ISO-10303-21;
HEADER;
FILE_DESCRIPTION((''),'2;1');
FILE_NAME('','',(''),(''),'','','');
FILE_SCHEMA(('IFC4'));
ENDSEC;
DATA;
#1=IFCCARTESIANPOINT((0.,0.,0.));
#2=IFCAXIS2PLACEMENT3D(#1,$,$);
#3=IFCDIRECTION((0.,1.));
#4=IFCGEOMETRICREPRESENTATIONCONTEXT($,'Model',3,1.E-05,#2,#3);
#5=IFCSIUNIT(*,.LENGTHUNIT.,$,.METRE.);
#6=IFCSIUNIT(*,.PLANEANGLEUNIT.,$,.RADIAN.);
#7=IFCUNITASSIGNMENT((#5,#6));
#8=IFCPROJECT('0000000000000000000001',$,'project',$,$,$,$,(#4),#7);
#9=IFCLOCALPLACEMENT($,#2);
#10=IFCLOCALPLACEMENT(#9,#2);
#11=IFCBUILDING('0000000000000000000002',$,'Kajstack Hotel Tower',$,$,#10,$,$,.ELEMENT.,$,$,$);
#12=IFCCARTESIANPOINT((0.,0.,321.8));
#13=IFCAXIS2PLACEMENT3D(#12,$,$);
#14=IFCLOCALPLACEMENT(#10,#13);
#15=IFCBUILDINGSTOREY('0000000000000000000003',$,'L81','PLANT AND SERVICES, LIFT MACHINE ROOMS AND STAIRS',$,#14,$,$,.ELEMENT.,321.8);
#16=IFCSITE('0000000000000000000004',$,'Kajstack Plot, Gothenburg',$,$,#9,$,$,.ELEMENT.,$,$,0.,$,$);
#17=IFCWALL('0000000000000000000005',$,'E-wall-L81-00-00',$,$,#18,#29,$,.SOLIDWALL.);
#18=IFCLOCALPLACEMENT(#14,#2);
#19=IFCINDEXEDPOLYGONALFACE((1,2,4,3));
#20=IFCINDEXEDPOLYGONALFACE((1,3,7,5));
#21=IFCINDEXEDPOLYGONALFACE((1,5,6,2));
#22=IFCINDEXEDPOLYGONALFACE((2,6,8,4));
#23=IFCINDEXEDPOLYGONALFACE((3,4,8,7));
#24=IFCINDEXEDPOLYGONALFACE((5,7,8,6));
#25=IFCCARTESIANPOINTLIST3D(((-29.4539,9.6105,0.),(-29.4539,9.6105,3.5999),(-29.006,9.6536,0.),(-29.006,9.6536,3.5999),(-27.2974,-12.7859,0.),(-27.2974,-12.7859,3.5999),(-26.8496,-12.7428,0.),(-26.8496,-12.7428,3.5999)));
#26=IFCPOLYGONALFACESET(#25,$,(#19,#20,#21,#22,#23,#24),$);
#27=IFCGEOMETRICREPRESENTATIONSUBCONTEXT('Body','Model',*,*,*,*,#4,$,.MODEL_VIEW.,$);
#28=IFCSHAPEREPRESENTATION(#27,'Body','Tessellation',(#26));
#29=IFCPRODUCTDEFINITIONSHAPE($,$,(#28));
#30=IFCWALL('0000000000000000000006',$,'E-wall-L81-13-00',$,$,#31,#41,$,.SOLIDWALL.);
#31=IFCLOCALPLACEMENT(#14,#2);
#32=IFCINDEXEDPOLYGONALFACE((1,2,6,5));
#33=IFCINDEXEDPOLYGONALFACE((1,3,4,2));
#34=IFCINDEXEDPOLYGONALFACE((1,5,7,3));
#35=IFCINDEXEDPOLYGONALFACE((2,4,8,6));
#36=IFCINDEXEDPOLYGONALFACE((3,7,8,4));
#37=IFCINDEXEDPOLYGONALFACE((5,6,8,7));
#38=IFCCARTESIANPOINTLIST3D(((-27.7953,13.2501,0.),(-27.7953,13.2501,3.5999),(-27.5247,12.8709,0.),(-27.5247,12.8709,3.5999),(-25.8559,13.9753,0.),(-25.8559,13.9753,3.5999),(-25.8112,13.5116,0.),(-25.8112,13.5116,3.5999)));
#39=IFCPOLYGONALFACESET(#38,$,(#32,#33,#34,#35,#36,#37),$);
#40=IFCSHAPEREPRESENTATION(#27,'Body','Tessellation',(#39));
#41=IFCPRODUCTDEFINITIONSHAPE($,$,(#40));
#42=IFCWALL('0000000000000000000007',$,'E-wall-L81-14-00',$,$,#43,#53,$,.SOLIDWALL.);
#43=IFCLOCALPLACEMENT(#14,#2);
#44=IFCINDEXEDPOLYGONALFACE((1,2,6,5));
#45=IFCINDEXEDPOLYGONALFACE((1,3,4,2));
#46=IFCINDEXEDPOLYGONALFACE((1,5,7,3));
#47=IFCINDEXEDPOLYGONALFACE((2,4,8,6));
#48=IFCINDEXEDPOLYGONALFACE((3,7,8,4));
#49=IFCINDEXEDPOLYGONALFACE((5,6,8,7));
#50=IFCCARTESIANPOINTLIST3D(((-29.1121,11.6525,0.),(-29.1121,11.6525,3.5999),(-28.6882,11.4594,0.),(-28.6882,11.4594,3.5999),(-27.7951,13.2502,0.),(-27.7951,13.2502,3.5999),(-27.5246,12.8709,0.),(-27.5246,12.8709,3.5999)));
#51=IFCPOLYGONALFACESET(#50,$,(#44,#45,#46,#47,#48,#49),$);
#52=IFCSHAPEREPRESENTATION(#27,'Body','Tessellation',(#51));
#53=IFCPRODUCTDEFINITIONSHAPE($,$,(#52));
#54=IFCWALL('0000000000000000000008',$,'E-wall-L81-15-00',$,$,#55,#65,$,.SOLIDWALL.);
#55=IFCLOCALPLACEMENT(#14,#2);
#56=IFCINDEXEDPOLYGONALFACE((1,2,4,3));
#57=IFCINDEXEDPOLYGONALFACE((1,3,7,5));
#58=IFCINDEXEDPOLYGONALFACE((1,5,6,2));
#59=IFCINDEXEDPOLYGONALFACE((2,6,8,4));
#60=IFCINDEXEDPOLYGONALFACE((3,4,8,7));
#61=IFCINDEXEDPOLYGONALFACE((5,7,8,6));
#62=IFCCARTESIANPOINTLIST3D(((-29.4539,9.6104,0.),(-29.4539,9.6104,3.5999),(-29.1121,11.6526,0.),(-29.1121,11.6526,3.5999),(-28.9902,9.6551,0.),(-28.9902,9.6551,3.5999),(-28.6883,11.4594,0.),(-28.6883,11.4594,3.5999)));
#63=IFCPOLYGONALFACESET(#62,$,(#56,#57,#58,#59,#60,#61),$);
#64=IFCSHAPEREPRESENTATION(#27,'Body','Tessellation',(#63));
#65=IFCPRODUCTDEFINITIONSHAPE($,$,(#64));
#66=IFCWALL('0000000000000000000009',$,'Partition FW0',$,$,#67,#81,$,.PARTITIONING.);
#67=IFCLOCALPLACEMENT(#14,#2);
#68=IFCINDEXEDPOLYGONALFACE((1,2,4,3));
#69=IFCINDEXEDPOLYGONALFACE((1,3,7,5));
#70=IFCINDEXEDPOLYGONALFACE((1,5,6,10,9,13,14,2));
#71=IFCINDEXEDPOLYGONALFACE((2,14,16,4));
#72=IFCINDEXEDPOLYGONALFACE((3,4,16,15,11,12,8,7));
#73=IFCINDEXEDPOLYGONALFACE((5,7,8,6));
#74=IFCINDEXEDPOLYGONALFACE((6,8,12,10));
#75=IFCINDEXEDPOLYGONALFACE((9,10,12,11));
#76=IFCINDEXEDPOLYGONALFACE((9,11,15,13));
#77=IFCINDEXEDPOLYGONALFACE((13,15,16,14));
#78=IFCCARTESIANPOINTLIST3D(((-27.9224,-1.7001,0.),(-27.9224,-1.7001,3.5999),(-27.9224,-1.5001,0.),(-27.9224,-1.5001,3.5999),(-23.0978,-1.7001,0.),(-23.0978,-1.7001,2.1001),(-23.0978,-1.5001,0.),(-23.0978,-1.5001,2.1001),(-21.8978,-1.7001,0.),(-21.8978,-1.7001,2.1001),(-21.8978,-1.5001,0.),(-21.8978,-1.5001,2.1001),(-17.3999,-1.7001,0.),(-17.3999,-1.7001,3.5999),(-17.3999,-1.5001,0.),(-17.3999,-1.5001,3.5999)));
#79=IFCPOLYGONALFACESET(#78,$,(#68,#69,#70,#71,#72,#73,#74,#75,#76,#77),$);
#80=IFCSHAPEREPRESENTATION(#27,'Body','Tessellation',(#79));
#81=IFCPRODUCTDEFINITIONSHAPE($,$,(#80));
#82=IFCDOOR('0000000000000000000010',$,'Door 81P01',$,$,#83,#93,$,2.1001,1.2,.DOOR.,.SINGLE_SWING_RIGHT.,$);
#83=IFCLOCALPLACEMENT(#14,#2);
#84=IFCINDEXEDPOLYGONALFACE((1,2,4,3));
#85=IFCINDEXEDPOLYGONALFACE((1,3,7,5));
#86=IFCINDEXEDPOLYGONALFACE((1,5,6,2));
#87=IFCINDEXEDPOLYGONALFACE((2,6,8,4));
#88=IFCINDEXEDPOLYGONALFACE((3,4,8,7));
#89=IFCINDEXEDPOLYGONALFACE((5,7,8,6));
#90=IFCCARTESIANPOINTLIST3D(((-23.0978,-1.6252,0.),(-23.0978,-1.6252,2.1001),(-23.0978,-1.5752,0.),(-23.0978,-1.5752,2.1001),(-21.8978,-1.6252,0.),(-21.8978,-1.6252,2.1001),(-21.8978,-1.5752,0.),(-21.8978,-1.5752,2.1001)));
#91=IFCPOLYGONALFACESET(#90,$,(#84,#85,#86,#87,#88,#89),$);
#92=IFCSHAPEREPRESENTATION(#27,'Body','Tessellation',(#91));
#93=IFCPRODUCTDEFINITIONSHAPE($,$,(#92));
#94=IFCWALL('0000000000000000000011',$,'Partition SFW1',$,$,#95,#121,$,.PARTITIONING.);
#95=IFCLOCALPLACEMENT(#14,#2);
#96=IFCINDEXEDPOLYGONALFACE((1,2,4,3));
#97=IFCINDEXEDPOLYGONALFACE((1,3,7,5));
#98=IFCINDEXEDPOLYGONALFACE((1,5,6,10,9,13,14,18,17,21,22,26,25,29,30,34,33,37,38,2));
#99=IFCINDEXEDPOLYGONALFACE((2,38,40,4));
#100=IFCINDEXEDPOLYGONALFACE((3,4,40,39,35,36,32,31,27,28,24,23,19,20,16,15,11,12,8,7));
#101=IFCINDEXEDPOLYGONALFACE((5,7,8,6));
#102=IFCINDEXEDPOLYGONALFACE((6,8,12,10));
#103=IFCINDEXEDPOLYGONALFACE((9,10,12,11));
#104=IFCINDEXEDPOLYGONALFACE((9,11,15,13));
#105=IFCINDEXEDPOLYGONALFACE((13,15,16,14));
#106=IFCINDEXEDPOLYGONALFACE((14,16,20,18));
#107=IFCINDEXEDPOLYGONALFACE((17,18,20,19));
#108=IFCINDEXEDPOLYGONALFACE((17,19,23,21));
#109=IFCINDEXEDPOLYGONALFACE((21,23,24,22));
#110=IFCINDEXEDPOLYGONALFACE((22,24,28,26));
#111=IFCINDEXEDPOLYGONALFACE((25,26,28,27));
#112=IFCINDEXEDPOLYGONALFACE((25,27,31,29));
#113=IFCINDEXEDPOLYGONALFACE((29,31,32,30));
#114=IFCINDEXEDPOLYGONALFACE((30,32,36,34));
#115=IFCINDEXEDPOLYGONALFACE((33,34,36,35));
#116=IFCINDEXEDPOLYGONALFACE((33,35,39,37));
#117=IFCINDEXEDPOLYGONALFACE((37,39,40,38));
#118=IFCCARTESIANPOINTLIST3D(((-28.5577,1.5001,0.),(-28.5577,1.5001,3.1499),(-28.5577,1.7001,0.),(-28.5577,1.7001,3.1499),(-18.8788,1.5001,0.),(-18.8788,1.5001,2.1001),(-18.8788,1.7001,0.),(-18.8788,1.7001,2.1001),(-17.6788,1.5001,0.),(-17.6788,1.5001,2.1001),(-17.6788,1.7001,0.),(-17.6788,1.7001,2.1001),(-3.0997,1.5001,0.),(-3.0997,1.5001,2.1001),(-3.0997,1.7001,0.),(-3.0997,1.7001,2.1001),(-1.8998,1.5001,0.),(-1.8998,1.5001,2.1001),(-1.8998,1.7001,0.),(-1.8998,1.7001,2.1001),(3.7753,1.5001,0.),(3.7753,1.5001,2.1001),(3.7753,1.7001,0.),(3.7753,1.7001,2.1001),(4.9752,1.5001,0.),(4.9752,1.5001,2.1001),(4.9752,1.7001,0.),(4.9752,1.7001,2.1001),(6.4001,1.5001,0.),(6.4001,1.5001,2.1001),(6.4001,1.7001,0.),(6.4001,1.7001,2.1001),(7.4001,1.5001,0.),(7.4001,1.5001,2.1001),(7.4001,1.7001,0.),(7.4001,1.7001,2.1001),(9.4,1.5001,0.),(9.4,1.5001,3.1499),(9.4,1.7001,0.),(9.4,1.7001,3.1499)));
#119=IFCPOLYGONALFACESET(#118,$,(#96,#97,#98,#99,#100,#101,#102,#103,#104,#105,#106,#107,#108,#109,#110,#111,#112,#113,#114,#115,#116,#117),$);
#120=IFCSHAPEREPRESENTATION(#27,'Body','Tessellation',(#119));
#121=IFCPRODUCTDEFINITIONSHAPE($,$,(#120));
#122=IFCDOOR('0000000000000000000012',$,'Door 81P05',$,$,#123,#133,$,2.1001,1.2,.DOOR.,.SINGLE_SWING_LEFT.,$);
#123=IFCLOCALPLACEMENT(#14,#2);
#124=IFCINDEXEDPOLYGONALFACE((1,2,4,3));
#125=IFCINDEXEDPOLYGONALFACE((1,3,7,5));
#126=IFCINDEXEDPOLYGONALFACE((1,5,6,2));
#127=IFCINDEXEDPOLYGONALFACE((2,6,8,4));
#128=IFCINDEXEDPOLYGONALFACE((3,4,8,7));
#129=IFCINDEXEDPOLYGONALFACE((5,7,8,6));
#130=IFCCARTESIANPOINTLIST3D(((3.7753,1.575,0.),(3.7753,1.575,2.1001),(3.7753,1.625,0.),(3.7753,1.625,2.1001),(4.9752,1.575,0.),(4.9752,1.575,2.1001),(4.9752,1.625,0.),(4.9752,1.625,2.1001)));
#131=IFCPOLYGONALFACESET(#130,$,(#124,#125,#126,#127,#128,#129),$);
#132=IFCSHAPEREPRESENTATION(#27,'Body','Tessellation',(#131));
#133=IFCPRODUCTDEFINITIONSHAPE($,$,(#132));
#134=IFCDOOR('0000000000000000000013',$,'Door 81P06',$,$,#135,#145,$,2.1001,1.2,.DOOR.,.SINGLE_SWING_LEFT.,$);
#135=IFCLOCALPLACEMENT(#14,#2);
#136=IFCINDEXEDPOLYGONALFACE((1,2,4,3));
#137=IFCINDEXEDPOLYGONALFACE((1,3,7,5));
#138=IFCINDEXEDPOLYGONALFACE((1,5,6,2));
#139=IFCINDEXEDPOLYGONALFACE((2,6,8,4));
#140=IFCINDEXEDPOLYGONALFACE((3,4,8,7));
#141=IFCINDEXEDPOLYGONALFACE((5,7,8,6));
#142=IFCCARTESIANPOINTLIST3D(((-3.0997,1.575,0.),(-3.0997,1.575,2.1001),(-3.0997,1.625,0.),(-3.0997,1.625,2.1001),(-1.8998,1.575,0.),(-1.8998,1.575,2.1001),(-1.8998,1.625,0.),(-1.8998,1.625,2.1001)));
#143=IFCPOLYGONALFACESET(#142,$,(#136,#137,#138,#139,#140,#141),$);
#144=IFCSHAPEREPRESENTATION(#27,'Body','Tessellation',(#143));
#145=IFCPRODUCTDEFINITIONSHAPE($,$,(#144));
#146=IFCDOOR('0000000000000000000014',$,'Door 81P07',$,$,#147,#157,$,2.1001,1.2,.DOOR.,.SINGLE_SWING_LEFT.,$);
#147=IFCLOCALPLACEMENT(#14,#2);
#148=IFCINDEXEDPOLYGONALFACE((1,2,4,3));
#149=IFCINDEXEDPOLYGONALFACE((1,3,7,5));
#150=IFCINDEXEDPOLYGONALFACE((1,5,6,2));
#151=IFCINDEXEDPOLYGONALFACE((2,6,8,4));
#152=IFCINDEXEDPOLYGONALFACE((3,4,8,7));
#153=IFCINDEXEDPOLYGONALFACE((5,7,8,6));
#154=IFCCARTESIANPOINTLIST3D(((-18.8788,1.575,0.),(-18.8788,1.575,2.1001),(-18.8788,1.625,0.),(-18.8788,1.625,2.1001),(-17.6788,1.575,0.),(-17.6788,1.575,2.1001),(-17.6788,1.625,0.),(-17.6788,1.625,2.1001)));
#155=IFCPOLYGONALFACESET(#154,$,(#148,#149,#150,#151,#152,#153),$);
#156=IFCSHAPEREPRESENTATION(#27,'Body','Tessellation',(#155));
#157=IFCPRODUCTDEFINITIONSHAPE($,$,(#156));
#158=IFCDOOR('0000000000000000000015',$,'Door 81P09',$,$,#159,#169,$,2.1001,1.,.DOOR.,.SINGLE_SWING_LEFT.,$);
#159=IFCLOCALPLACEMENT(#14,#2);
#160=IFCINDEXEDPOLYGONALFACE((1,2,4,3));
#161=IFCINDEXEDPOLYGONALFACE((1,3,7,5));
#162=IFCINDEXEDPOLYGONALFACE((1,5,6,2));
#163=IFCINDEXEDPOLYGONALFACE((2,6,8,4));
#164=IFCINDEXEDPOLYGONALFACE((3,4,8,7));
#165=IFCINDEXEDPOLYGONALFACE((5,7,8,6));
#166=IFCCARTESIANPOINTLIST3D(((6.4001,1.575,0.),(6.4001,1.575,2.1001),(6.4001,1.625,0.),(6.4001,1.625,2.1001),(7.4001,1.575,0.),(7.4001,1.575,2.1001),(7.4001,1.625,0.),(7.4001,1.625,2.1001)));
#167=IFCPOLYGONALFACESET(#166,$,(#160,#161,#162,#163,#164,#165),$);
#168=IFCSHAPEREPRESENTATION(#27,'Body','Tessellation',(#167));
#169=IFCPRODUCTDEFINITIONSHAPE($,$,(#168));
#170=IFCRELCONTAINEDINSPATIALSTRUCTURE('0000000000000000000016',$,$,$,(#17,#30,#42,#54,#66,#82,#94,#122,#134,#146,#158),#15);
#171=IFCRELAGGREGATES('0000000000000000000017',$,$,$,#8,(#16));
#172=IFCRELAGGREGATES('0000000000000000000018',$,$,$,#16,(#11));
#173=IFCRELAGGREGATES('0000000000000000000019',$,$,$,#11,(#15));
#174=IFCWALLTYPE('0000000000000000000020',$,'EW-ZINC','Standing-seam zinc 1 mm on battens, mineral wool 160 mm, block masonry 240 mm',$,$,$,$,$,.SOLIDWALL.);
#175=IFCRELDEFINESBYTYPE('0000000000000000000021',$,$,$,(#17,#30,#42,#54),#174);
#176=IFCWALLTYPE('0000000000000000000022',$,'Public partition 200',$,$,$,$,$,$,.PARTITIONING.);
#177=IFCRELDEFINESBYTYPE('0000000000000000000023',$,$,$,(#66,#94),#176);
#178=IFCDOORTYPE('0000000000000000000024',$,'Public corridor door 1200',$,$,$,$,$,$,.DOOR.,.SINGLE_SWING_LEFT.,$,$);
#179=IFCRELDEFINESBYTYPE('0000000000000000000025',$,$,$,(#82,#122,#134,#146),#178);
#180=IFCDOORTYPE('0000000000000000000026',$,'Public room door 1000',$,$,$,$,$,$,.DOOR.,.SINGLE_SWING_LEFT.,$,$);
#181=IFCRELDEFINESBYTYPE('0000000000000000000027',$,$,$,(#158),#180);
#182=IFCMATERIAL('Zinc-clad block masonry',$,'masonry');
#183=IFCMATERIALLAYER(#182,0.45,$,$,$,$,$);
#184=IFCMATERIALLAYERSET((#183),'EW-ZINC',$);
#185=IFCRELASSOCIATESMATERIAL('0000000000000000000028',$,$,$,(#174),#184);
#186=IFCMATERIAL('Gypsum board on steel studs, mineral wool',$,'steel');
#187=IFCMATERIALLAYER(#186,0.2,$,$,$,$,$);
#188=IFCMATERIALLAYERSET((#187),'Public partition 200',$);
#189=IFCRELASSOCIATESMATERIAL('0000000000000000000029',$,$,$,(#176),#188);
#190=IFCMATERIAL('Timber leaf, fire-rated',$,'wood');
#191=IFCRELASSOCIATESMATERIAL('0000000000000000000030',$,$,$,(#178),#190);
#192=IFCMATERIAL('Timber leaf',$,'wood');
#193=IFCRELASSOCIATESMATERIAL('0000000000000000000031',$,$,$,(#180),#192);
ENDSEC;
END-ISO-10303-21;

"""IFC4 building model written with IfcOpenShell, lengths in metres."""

from ifc_helpers import new_model, si_unit, direction, frame, frame_2d, origin, place, context, subcontext, project, spatial, polyline, rectangle, outline, extrude, material, layer, layer_set, type_object, element, fill, save


model = new_model("IFC4")

# Units and contexts
model_context = context("Model", 3, precision=1e-05, world=origin(), true_north=direction((0.0, 1.0)))
body_context = subcontext(model_context, "Body", "Model", "MODEL_VIEW")
ifc_project = project(units=[si_unit("LENGTHUNIT", "METRE"), si_unit("PLANEANGLEUNIT", "RADIAN")], contexts=[model_context])

# Site, building, storey
site_placement = place(None, origin())
site = spatial("IfcSite", under=ifc_project, at=site_placement, Name="Kajstack Plot, Gothenburg", CompositionType="ELEMENT", RefElevation=0.0)
building_placement = place(site_placement, origin())
building = spatial("IfcBuilding", under=site, at=building_placement, Name="Kajstack Hotel Tower", CompositionType="ELEMENT")
storey_placement = place(building_placement, frame((0.0, 0.0, 321.8)))
storey = spatial("IfcBuildingStorey", under=building, at=storey_placement, Name="L81", Description="PLANT AND SERVICES, LIFT MACHINE ROOMS AND STAIRS", CompositionType="ELEMENT", Elevation=321.8)

# Walls
ifc_material_1 = material(Name="Zinc-clad block masonry", Category="masonry")
ifc_layer_1 = layer(ifc_material_1, 0.45)
ifc_layer_set_1 = layer_set([ifc_layer_1], Name="EW-ZINC")
wall_type_1 = type_object("IfcWallType", Name="EW-ZINC", Description="Standing-seam zinc 1 mm on battens, mineral wool 160 mm, block masonry 240 mm", PredefinedType="SOLIDWALL", material=ifc_layer_set_1)
wall_1_placement = place(storey_placement, frame((-29.23, 9.6321, 0.0), z_axis=(0.0, 0.0, 1.0), x_axis=(0.095844, -0.995396, 0.0)))
element("IfcWall", 1, at=wall_1_placement, inside=storey, type_object=wall_type_1, Name="E-wall-L81-00-00", PredefinedType="SOLIDWALL", context=body_context, shape_type="SweptSolid", body=[
    extrude(rectangle(XDim=22.5, YDim=0.45, at=frame_2d((11.25, 0.0))), origin(), (0.0, 0.0, 1.0), 3.5999),
])
wall_2_placement = place(storey_placement, frame((-25.7771, 13.7646, 0.0), z_axis=(0.0, 0.0, 1.0), x_axis=(-0.936663, -0.350232, 0.0)))
element("IfcWall", 2, at=wall_2_placement, inside=storey, type_object=wall_type_1, Name="E-wall-L81-13-00", PredefinedType="SOLIDWALL", context=body_context, shape_type="SweptSolid", body=[
    extrude(outline(polyline([(0.0, -0.2249), (2.0706, -0.2249), (1.95, 0.2251), (0.1206, 0.2251), (0.0, -0.2249)])), origin(), (0.0, 0.0, 1.0), 3.5999),
])
wall_3_placement = place(storey_placement, frame((-27.6216, 13.1072, 0.0), z_axis=(0.0, 0.0, 1.0), x_axis=(-0.635988, -0.771699, 0.0)))
element("IfcWall", 3, at=wall_3_placement, inside=storey, type_object=wall_type_1, Name="E-wall-L81-14-00", PredefinedType="SOLIDWALL", context=body_context, shape_type="SweptSolid", body=[
    extrude(outline(polyline([(0.0, -0.2249), (2.0706, -0.2251), (1.95, 0.2249), (0.1206, 0.2251), (0.0, -0.2249)])), origin(), (0.0, 0.0, 1.0), 3.5999),
])
wall_4_placement = place(storey_placement, frame((-28.8904, 11.6155, 0.0), z_axis=(0.0, 0.0, 1.0), x_axis=(-0.165068, -0.986282, 0.0)))
element("IfcWall", 4, at=wall_4_placement, inside=storey, type_object=wall_type_1, Name="E-wall-L81-15-00", PredefinedType="SOLIDWALL", context=body_context, shape_type="SweptSolid", body=[
    extrude(outline(polyline([(0.0, -0.2249), (2.0706, -0.2249), (1.95, 0.2251), (0.1206, 0.2251), (0.0, -0.2249)])), origin(), (0.0, 0.0, 1.0), 3.5999),
])

# Wall, opening, door
ifc_material_2 = material(Name="Gypsum board on steel studs, mineral wool", Category="steel")
ifc_layer_2 = layer(ifc_material_2, 0.2)
ifc_layer_set_2 = layer_set([ifc_layer_2], Name="Public partition 200")
wall_type_2 = type_object("IfcWallType", Name="Public partition 200", PredefinedType="PARTITIONING", material=ifc_layer_set_2)
wall_5_placement = place(storey_placement, frame((-27.9224, -1.6001, 0.0), z_axis=(0.0, 0.0, 1.0), x_axis=(1.0, 0.0, 0.0)))
wall_5 = element("IfcWall", 5, at=wall_5_placement, inside=storey, type_object=wall_type_2, Name="Partition FW0", PredefinedType="PARTITIONING", context=body_context, shape_type="SweptSolid", body=[
    extrude(rectangle(XDim=10.5225, YDim=0.2, at=frame_2d((5.2612, 0.0))), origin(), (0.0, 0.0, 1.0), 3.5999),
])
opening_1_placement = place(wall_5_placement, frame((4.8245, 0.0, 0.0)))
opening_1 = element("IfcOpeningElement", 6, at=opening_1_placement, cuts=wall_5, PredefinedType="OPENING", context=body_context, shape_type="SweptSolid", body=[
    extrude(rectangle(XDim=1.2, YDim=2.1001, at=frame_2d((0.6001, 1.05))), frame((0.0, 0.1099, 0.0), z_axis=(0.0, -1.0, 0.0), x_axis=(1.0, 0.0, 0.0)), (0.0, 0.0, 1.0), 0.22),
])
ifc_material_3 = material(Name="Timber leaf, fire-rated", Category="wood")
door_type_1 = type_object("IfcDoorType", Name="Public corridor door 1200", OperationType="SINGLE_SWING_LEFT", PredefinedType="DOOR", material=ifc_material_3)
door_1_placement = place(opening_1_placement, origin())
door_1 = element("IfcDoor", 7, at=door_1_placement, inside=storey, type_object=door_type_1, Name="Door 81P01", OperationType="SINGLE_SWING_RIGHT", OverallHeight=2.1001, OverallWidth=1.2, PredefinedType="DOOR", context=body_context, shape_type="SweptSolid", body=[
    extrude(rectangle(XDim=1.2, YDim=2.1001, at=frame_2d((0.6001, 1.05))), frame((0.0, 0.0249, 0.0), z_axis=(0.0, -1.0, 0.0), x_axis=(1.0, 0.0, 0.0)), (0.0, 0.0, 1.0), 0.05),
])
fill(opening_1, door_1)

# Wall, openings, doors
wall_6_placement = place(storey_placement, frame((-28.5579, 1.6001, 0.0), z_axis=(0.0, 0.0, 1.0), x_axis=(1.0, 0.0, 0.0)))
wall_6 = element("IfcWall", 8, at=wall_6_placement, inside=storey, type_object=wall_type_2, Name="Partition SFW1", PredefinedType="PARTITIONING", context=body_context, shape_type="SweptSolid", body=[
    extrude(rectangle(XDim=37.9578, YDim=0.2, at=frame_2d((18.979, 0.0))), origin(), (0.0, 0.0, 1.0), 3.1499),
])
opening_2_placement = place(wall_6_placement, frame((32.333, 0.0, 0.0)))
opening_2 = element("IfcOpeningElement", 9, at=opening_2_placement, cuts=wall_6, PredefinedType="OPENING", context=body_context, shape_type="SweptSolid", body=[
    extrude(rectangle(XDim=1.2, YDim=2.1001, at=frame_2d((0.6001, 1.05))), frame((0.0, 0.1099, 0.0), z_axis=(0.0, -1.0, 0.0), x_axis=(1.0, 0.0, 0.0)), (0.0, 0.0, 1.0), 0.22),
])
opening_3_placement = place(wall_6_placement, frame((25.458, 0.0, 0.0)))
opening_3 = element("IfcOpeningElement", 10, at=opening_3_placement, cuts=wall_6, PredefinedType="OPENING", context=body_context, shape_type="SweptSolid", body=[
    extrude(rectangle(XDim=1.2, YDim=2.1001, at=frame_2d((0.6001, 1.05))), frame((0.0, 0.1099, 0.0), z_axis=(0.0, -1.0, 0.0), x_axis=(1.0, 0.0, 0.0)), (0.0, 0.0, 1.0), 0.22),
])
opening_4_placement = place(wall_6_placement, frame((9.679, 0.0, 0.0)))
opening_4 = element("IfcOpeningElement", 11, at=opening_4_placement, cuts=wall_6, PredefinedType="OPENING", context=body_context, shape_type="SweptSolid", body=[
    extrude(rectangle(XDim=1.2, YDim=2.1001, at=frame_2d((0.6001, 1.05))), frame((0.0, 0.1099, 0.0), z_axis=(0.0, -1.0, 0.0), x_axis=(1.0, 0.0, 0.0)), (0.0, 0.0, 1.0), 0.22),
])
opening_5_placement = place(wall_6_placement, frame((34.958, 0.0, 0.0)))
opening_5 = element("IfcOpeningElement", 12, at=opening_5_placement, cuts=wall_6, PredefinedType="OPENING", context=body_context, shape_type="SweptSolid", body=[
    extrude(rectangle(XDim=1.0, YDim=2.1001, at=frame_2d((0.5, 1.05))), frame((0.0, 0.1099, 0.0), z_axis=(0.0, -1.0, 0.0), x_axis=(1.0, 0.0, 0.0)), (0.0, 0.0, 1.0), 0.22),
])
door_2_placement = place(opening_2_placement, origin())
door_2 = element("IfcDoor", 13, at=door_2_placement, inside=storey, type_object=door_type_1, Name="Door 81P05", OperationType="SINGLE_SWING_LEFT", OverallHeight=2.1001, OverallWidth=1.2, PredefinedType="DOOR", context=body_context, shape_type="SweptSolid", body=[
    extrude(rectangle(XDim=1.2, YDim=2.1001, at=frame_2d((0.6001, 1.05))), frame((0.0, 0.0249, 0.0), z_axis=(0.0, -1.0, 0.0), x_axis=(1.0, 0.0, 0.0)), (0.0, 0.0, 1.0), 0.05),
])
fill(opening_2, door_2)
door_3_placement = place(opening_3_placement, origin())
door_3 = element("IfcDoor", 14, at=door_3_placement, inside=storey, type_object=door_type_1, Name="Door 81P06", OperationType="SINGLE_SWING_LEFT", OverallHeight=2.1001, OverallWidth=1.2, PredefinedType="DOOR", context=body_context, shape_type="SweptSolid", body=[
    extrude(rectangle(XDim=1.2, YDim=2.1001, at=frame_2d((0.6001, 1.05))), frame((0.0, 0.0249, 0.0), z_axis=(0.0, -1.0, 0.0), x_axis=(1.0, 0.0, 0.0)), (0.0, 0.0, 1.0), 0.05),
])
fill(opening_3, door_3)
door_4_placement = place(opening_4_placement, origin())
door_4 = element("IfcDoor", 15, at=door_4_placement, inside=storey, type_object=door_type_1, Name="Door 81P07", OperationType="SINGLE_SWING_LEFT", OverallHeight=2.1001, OverallWidth=1.2, PredefinedType="DOOR", context=body_context, shape_type="SweptSolid", body=[
    extrude(rectangle(XDim=1.2, YDim=2.1001, at=frame_2d((0.6001, 1.05))), frame((0.0, 0.0249, 0.0), z_axis=(0.0, -1.0, 0.0), x_axis=(1.0, 0.0, 0.0)), (0.0, 0.0, 1.0), 0.05),
])
fill(opening_4, door_4)
ifc_material_4 = material(Name="Timber leaf", Category="wood")
door_type_2 = type_object("IfcDoorType", Name="Public room door 1000", OperationType="SINGLE_SWING_LEFT", PredefinedType="DOOR", material=ifc_material_4)
door_5_placement = place(opening_5_placement, origin())
door_5 = element("IfcDoor", 16, at=door_5_placement, inside=storey, type_object=door_type_2, Name="Door 81P09", OperationType="SINGLE_SWING_LEFT", OverallHeight=2.1001, OverallWidth=1.0, PredefinedType="DOOR", context=body_context, shape_type="SweptSolid", body=[
    extrude(rectangle(XDim=1.0, YDim=2.1001, at=frame_2d((0.5, 1.05))), frame((0.0, 0.0249, 0.0), z_axis=(0.0, -1.0, 0.0), x_axis=(1.0, 0.0, 0.0)), (0.0, 0.0, 1.0), 0.05),
])
fill(opening_5, door_5)

save(model, "model.ifc")
